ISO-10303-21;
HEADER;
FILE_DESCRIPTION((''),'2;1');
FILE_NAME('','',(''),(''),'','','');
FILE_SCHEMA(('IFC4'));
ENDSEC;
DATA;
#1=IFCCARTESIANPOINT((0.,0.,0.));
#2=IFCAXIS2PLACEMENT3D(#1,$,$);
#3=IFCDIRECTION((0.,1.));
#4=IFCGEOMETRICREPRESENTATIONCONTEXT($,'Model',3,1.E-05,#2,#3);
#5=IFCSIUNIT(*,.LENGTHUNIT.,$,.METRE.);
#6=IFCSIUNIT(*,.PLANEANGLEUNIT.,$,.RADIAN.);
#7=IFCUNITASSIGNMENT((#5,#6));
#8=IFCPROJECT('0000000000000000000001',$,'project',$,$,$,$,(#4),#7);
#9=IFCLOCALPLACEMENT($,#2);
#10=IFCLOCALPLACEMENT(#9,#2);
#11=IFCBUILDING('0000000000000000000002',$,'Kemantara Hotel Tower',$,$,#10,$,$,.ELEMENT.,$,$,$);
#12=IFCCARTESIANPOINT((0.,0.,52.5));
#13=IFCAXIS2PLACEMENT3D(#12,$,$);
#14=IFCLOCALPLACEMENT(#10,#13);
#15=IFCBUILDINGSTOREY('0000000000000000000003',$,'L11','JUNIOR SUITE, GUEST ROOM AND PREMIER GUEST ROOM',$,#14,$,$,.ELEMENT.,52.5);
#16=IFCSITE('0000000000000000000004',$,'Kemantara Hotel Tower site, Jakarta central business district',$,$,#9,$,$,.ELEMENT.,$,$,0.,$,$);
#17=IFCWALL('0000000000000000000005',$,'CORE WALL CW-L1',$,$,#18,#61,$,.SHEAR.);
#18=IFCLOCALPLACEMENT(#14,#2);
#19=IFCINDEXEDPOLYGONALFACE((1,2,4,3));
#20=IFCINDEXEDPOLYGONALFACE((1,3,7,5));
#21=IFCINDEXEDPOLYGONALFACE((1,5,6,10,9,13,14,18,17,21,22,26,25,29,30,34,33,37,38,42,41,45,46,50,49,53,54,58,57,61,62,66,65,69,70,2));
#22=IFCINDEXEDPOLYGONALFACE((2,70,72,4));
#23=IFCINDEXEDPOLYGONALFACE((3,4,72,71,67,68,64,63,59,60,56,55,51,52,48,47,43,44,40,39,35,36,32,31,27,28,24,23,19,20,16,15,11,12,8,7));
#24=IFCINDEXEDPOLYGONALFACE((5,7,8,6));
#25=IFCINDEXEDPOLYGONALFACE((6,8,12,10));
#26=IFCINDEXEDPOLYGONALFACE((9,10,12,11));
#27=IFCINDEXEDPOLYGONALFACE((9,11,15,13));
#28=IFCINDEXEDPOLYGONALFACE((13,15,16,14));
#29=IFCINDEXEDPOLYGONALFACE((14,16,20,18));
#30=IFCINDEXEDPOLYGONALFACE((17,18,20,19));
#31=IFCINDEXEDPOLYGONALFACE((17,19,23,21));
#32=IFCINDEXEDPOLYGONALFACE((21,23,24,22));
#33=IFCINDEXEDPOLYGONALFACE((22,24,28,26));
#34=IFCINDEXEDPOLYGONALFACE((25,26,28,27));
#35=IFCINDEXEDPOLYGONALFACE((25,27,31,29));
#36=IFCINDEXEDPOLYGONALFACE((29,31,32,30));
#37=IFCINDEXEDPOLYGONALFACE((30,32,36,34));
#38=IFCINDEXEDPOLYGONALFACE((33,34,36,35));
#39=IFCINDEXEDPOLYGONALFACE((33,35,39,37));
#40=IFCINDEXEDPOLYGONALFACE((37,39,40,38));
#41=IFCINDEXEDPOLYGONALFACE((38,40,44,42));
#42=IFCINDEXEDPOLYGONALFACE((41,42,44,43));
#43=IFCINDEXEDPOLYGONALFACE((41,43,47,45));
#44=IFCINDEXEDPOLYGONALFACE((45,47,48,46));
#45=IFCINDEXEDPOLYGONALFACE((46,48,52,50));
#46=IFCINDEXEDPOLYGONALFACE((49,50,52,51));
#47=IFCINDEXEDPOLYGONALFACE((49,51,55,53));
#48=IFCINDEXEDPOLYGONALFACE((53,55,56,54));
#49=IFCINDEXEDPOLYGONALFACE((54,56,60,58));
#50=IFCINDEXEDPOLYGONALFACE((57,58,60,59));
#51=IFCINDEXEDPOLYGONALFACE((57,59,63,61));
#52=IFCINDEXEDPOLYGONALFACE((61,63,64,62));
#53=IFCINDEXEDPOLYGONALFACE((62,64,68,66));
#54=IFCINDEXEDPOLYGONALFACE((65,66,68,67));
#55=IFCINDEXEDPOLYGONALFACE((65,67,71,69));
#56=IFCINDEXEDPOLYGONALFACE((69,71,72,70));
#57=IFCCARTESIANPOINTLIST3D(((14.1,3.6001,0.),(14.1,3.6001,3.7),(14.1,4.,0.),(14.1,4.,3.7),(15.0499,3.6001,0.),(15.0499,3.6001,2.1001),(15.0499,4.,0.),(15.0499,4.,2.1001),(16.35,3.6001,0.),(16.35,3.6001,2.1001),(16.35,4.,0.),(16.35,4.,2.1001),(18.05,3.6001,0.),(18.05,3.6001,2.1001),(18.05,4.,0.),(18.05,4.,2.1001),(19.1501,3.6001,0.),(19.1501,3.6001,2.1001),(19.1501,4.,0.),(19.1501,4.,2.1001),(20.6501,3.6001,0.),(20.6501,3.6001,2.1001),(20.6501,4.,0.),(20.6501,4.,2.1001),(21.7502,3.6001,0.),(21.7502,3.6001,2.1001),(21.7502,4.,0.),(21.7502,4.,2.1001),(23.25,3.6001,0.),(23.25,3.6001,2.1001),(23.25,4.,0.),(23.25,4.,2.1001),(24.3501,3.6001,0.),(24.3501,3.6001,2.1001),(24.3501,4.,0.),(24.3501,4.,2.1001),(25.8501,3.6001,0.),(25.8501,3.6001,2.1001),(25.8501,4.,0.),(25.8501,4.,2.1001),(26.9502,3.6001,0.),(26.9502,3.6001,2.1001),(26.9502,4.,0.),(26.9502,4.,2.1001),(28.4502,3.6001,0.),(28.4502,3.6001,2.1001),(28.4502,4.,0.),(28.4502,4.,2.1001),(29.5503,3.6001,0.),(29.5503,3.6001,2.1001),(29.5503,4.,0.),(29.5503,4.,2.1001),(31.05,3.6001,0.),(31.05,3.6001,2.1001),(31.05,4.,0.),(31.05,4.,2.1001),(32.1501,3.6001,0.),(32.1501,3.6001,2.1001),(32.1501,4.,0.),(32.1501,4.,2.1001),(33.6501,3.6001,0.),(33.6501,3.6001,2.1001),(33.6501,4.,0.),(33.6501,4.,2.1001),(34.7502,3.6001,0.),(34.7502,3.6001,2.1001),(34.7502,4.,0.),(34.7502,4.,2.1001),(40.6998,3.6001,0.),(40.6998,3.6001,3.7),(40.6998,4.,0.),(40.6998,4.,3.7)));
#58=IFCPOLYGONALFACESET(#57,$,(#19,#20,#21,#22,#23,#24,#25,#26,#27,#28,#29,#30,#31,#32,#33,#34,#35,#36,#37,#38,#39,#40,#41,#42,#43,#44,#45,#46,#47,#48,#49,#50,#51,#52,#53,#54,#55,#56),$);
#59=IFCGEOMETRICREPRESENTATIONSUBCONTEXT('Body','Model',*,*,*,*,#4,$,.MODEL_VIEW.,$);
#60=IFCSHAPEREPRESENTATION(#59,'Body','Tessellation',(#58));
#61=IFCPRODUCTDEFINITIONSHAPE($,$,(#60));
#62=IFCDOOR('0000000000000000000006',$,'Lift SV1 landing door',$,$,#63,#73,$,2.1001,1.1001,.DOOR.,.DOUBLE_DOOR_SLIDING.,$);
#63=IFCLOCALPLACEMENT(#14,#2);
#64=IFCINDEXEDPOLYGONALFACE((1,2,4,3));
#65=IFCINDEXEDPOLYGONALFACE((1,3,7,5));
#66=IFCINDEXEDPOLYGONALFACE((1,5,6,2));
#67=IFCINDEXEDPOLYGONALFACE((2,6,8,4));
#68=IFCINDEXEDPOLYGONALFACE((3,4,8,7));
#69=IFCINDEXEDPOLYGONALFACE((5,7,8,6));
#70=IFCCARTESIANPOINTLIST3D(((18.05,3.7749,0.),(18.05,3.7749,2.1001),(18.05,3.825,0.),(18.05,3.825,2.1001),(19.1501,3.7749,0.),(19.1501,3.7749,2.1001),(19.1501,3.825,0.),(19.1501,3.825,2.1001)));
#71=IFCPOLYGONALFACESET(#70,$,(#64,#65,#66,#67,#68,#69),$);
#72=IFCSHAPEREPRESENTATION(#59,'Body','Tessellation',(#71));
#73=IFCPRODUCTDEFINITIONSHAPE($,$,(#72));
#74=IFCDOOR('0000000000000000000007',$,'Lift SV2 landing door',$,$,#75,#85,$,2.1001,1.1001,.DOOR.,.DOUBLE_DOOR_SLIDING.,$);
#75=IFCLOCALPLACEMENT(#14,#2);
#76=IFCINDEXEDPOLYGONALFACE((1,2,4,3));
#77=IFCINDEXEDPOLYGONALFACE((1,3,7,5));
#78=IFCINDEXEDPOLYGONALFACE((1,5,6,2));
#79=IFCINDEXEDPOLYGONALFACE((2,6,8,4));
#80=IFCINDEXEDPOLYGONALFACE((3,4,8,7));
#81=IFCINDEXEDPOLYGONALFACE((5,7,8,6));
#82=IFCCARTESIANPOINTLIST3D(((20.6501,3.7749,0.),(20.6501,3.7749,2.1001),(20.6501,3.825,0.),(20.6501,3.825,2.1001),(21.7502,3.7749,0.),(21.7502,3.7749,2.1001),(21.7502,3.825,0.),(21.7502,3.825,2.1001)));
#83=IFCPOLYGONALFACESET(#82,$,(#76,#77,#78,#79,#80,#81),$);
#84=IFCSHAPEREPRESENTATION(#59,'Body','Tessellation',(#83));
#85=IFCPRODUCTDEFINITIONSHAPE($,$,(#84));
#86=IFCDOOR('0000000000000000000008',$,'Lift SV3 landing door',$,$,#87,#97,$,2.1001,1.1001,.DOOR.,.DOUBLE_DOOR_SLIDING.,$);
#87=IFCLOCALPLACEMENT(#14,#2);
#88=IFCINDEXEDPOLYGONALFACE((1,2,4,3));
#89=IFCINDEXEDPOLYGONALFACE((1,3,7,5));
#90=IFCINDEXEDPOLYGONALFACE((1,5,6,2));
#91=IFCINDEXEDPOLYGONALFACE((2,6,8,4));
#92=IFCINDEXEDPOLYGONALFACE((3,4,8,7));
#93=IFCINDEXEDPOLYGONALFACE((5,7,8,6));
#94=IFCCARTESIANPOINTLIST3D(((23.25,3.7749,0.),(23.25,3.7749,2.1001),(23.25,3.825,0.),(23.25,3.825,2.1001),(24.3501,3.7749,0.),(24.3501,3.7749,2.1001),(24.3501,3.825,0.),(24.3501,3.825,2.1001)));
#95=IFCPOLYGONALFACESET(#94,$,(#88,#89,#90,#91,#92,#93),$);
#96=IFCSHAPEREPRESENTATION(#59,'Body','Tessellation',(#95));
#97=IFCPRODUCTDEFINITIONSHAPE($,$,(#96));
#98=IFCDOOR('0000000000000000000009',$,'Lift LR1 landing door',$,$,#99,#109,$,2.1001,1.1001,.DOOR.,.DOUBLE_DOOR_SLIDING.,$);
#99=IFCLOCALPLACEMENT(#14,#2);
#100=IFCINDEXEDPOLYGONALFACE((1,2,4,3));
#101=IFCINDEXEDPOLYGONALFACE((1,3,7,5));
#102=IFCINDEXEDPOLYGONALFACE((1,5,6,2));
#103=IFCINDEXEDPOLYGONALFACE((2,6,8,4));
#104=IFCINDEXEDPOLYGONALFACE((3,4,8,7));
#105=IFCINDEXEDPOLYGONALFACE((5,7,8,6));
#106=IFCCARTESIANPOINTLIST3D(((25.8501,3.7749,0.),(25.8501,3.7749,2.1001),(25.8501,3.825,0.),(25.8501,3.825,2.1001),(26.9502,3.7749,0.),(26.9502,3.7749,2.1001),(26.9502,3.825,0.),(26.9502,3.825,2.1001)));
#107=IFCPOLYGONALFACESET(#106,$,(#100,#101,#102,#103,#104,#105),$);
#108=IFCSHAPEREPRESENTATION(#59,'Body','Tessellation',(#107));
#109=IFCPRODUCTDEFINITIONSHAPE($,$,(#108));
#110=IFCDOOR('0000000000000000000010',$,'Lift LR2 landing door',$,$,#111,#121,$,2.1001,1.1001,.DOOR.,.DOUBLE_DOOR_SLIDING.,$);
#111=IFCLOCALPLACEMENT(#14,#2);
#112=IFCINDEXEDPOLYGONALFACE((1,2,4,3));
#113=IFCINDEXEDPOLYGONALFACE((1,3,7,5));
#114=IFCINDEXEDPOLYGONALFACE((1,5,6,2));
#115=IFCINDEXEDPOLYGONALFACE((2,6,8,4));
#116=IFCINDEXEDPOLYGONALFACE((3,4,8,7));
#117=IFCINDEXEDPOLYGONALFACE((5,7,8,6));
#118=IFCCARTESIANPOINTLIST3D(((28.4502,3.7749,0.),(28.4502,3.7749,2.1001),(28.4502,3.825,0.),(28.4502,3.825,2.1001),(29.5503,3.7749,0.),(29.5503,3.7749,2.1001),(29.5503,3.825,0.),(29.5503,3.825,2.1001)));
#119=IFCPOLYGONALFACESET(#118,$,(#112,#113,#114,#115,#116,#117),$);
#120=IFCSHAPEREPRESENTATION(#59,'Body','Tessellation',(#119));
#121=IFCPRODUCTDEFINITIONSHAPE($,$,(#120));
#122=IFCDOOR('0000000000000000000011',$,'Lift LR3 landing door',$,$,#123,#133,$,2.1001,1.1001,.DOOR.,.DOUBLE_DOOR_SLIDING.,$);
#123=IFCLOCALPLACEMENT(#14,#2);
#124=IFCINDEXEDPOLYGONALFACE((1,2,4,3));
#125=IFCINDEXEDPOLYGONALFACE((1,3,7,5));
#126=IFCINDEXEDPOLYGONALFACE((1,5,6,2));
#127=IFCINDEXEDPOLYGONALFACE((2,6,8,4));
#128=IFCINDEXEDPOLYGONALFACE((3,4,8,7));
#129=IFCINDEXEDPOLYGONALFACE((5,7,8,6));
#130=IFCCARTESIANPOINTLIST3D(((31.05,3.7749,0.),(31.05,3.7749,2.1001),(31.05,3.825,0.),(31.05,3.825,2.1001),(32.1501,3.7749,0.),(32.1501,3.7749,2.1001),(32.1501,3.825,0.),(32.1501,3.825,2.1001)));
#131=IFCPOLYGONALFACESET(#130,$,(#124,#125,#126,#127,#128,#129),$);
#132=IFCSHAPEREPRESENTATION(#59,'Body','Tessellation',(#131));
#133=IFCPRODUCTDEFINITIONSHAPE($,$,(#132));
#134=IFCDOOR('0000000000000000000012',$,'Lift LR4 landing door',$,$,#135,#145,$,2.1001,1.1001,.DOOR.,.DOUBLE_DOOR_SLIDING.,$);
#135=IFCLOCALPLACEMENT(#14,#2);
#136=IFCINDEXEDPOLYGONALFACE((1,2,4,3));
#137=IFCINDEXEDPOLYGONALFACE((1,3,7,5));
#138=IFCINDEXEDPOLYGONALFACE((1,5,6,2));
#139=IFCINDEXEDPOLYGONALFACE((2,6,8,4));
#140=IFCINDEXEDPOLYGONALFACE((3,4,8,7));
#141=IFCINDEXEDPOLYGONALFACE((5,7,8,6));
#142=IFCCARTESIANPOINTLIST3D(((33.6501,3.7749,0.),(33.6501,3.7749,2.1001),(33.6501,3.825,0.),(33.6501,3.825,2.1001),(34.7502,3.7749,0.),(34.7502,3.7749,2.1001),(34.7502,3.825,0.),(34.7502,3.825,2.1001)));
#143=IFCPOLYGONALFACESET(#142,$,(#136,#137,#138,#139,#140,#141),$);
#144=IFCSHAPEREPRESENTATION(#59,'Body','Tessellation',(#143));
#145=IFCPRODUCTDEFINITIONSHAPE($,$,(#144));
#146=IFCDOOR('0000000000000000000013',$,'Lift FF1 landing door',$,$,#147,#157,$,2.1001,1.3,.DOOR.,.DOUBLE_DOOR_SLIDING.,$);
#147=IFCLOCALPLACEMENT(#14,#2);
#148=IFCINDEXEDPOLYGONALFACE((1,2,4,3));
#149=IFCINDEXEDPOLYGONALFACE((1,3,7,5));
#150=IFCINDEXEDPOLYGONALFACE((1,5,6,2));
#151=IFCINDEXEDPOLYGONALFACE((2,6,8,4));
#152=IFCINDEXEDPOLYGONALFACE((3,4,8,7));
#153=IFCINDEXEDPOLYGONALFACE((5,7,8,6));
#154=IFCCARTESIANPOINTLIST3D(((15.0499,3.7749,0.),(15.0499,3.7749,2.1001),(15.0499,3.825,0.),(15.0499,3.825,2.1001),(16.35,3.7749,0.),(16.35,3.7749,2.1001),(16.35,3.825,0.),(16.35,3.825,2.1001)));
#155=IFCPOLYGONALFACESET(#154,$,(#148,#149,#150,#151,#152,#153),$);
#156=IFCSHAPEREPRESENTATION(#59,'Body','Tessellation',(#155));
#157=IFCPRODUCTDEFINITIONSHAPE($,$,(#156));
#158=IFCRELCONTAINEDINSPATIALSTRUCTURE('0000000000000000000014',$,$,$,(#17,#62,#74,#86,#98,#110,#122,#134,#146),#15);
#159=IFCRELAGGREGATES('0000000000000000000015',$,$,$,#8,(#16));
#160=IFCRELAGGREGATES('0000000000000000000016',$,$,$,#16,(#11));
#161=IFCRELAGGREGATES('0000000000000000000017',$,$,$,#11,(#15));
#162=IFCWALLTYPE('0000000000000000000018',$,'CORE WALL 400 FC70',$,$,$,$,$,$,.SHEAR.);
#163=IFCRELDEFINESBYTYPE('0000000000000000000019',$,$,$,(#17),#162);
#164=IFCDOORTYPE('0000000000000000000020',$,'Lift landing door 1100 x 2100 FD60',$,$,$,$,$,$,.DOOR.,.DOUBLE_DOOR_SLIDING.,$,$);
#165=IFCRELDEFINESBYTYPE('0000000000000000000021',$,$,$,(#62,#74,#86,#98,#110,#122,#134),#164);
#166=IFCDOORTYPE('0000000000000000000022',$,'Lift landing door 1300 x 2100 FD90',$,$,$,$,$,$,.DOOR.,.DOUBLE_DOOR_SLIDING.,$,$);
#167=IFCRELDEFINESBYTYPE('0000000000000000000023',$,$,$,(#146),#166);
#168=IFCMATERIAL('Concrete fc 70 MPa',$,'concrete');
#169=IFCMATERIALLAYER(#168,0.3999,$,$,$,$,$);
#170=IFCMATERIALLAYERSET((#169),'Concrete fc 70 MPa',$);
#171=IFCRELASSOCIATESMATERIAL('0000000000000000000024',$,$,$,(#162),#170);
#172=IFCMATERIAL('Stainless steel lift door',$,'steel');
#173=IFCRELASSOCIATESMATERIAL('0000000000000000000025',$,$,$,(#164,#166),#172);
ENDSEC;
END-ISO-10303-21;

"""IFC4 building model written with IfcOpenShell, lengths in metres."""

from ifc_helpers import new_model, si_unit, direction, frame, frame_2d, origin, place, context, subcontext, project, spatial, rectangle, extrude, material, layer, layer_set, type_object, element, fill, save


model = new_model("IFC4")

# Units and contexts
model_context = context("Model", 3, precision=1e-05, world=origin(), true_north=direction((0.0, 1.0)))
body_context = subcontext(model_context, "Body", "Model", "MODEL_VIEW")
ifc_project = project(units=[si_unit("LENGTHUNIT", "METRE"), si_unit("PLANEANGLEUNIT", "RADIAN")], contexts=[model_context])

# Site, building, storey
site_placement = place(None, origin())
site = spatial("IfcSite", under=ifc_project, at=site_placement, Name="Kemantara Hotel Tower site, Jakarta central business district", CompositionType="ELEMENT", RefElevation=0.0)
building_placement = place(site_placement, origin())
building = spatial("IfcBuilding", under=site, at=building_placement, Name="Kemantara Hotel Tower", CompositionType="ELEMENT")
storey_placement = place(building_placement, frame((0.0, 0.0, 52.5)))
storey = spatial("IfcBuildingStorey", under=building, at=storey_placement, Name="L11", Description="JUNIOR SUITE, GUEST ROOM AND PREMIER GUEST ROOM", CompositionType="ELEMENT", Elevation=52.5)

# Shared definitions
ifc_material_1 = material(Name="Concrete fc 70 MPa", Category="concrete")

# Shared definitions
ifc_layer_1 = layer(ifc_material_1, 0.3999)
ifc_layer_set_1 = layer_set([ifc_layer_1], Name="Concrete fc 70 MPa")
wall_type_1 = type_object("IfcWallType", Name="CORE WALL 400 FC70", PredefinedType="SHEAR", material=ifc_layer_set_1)

# Wall, openings, doors
wall_1_placement = place(storey_placement, frame((14.1001, 3.8, 0.0), z_axis=(0.0, 0.0, 1.0), x_axis=(1.0, 0.0, 0.0)))
wall_1 = element("IfcWall", 1, at=wall_1_placement, inside=storey, type_object=wall_type_1, Name="CORE WALL CW-L1", PredefinedType="SHEAR", context=body_context, shape_type="SweptSolid", body=[
    extrude(rectangle(XDim=26.5999, YDim=0.3999, at=frame_2d((13.2998, 0.0))), origin(), (0.0, 0.0, 1.0), 3.7),
])
opening_1_placement = place(wall_1_placement, frame((0.95, 0.0, 0.0)))
opening_1 = element("IfcOpeningElement", 2, at=opening_1_placement, cuts=wall_1, PredefinedType="OPENING", context=body_context, shape_type="SweptSolid", body=[
    extrude(rectangle(XDim=1.3, YDim=2.1001, at=frame_2d((0.6499, 1.05))), frame((0.0, 0.21, 0.0), z_axis=(0.0, -1.0, 0.0), x_axis=(1.0, 0.0, 0.0)), (0.0, 0.0, 1.0), 0.4199),
])
opening_2_placement = place(wall_1_placement, frame((3.95, 0.0, 0.0)))
opening_2 = element("IfcOpeningElement", 3, at=opening_2_placement, cuts=wall_1, PredefinedType="OPENING", context=body_context, shape_type="SweptSolid", body=[
    extrude(rectangle(XDim=1.1001, YDim=2.1001, at=frame_2d((0.55, 1.05))), frame((0.0, 0.21, 0.0), z_axis=(0.0, -1.0, 0.0), x_axis=(1.0, 0.0, 0.0)), (0.0, 0.0, 1.0), 0.4199),
])
opening_3_placement = place(wall_1_placement, frame((6.55, 0.0, 0.0)))
opening_3 = element("IfcOpeningElement", 4, at=opening_3_placement, cuts=wall_1, PredefinedType="OPENING", context=body_context, shape_type="SweptSolid", body=[
    extrude(rectangle(XDim=1.1001, YDim=2.1001, at=frame_2d((0.55, 1.05))), frame((0.0, 0.21, 0.0), z_axis=(0.0, -1.0, 0.0), x_axis=(1.0, 0.0, 0.0)), (0.0, 0.0, 1.0), 0.4199),
])
opening_4_placement = place(wall_1_placement, frame((9.1499, 0.0, 0.0)))
opening_4 = element("IfcOpeningElement", 5, at=opening_4_placement, cuts=wall_1, PredefinedType="OPENING", context=body_context, shape_type="SweptSolid", body=[
    extrude(rectangle(XDim=1.1001, YDim=2.1001, at=frame_2d((0.55, 1.05))), frame((0.0, 0.21, 0.0), z_axis=(0.0, -1.0, 0.0), x_axis=(1.0, 0.0, 0.0)), (0.0, 0.0, 1.0), 0.4199),
])
opening_5_placement = place(wall_1_placement, frame((11.75, 0.0, 0.0)))
opening_5 = element("IfcOpeningElement", 6, at=opening_5_placement, cuts=wall_1, PredefinedType="OPENING", context=body_context, shape_type="SweptSolid", body=[
    extrude(rectangle(XDim=1.1001, YDim=2.1001, at=frame_2d((0.55, 1.05))), frame((0.0, 0.21, 0.0), z_axis=(0.0, -1.0, 0.0), x_axis=(1.0, 0.0, 0.0)), (0.0, 0.0, 1.0), 0.4199),
])
opening_6_placement = place(wall_1_placement, frame((14.3501, 0.0, 0.0)))
opening_6 = element("IfcOpeningElement", 7, at=opening_6_placement, cuts=wall_1, PredefinedType="OPENING", context=body_context, shape_type="SweptSolid", body=[
    extrude(rectangle(XDim=1.1001, YDim=2.1001, at=frame_2d((0.55, 1.05))), frame((0.0, 0.21, 0.0), z_axis=(0.0, -1.0, 0.0), x_axis=(1.0, 0.0, 0.0)), (0.0, 0.0, 1.0), 0.4199),
])
opening_7_placement = place(wall_1_placement, frame((16.95, 0.0, 0.0)))
opening_7 = element("IfcOpeningElement", 8, at=opening_7_placement, cuts=wall_1, PredefinedType="OPENING", context=body_context, shape_type="SweptSolid", body=[
    extrude(rectangle(XDim=1.1001, YDim=2.1001, at=frame_2d((0.55, 1.05))), frame((0.0, 0.21, 0.0), z_axis=(0.0, -1.0, 0.0), x_axis=(1.0, 0.0, 0.0)), (0.0, 0.0, 1.0), 0.4199),
])
opening_8_placement = place(wall_1_placement, frame((19.55, 0.0, 0.0)))
opening_8 = element("IfcOpeningElement", 9, at=opening_8_placement, cuts=wall_1, PredefinedType="OPENING", context=body_context, shape_type="SweptSolid", body=[
    extrude(rectangle(XDim=1.1001, YDim=2.1001, at=frame_2d((0.55, 1.05))), frame((0.0, 0.21, 0.0), z_axis=(0.0, -1.0, 0.0), x_axis=(1.0, 0.0, 0.0)), (0.0, 0.0, 1.0), 0.4199),
])
ifc_material_2 = material(Name="Stainless steel lift door", Category="steel")
door_type_1 = type_object("IfcDoorType", Name="Lift landing door 1100 x 2100 FD60", OperationType="DOUBLE_DOOR_SLIDING", PredefinedType="DOOR", material=ifc_material_2)
door_1_placement = place(opening_2_placement, origin())
door_1 = element("IfcDoor", 10, at=door_1_placement, inside=storey, type_object=door_type_1, Name="Lift SV1 landing door", OperationType="DOUBLE_DOOR_SLIDING", OverallHeight=2.1001, OverallWidth=1.1001, PredefinedType="DOOR", context=body_context, shape_type="SweptSolid", body=[
    extrude(rectangle(XDim=1.1001, YDim=2.1001, at=frame_2d((0.55, 1.05))), frame((0.0, 0.0249, 0.0), z_axis=(0.0, -1.0, 0.0), x_axis=(1.0, 0.0, 0.0)), (0.0, 0.0, 1.0), 0.05),
])
fill(opening_2, door_1)
door_2_placement = place(opening_3_placement, origin())
door_2 = element("IfcDoor", 11, at=door_2_placement, inside=storey, type_object=door_type_1, Name="Lift SV2 landing door", OperationType="DOUBLE_DOOR_SLIDING", OverallHeight=2.1001, OverallWidth=1.1001, PredefinedType="DOOR", context=body_context, shape_type="SweptSolid", body=[
    extrude(rectangle(XDim=1.1001, YDim=2.1001, at=frame_2d((0.55, 1.05))), frame((0.0, 0.0249, 0.0), z_axis=(0.0, -1.0, 0.0), x_axis=(1.0, 0.0, 0.0)), (0.0, 0.0, 1.0), 0.05),
])
fill(opening_3, door_2)
door_3_placement = place(opening_4_placement, origin())
door_3 = element("IfcDoor", 12, at=door_3_placement, inside=storey, type_object=door_type_1, Name="Lift SV3 landing door", OperationType="DOUBLE_DOOR_SLIDING", OverallHeight=2.1001, OverallWidth=1.1001, PredefinedType="DOOR", context=body_context, shape_type="SweptSolid", body=[
    extrude(rectangle(XDim=1.1001, YDim=2.1001, at=frame_2d((0.55, 1.05))), frame((0.0, 0.0249, 0.0), z_axis=(0.0, -1.0, 0.0), x_axis=(1.0, 0.0, 0.0)), (0.0, 0.0, 1.0), 0.05),
])
fill(opening_4, door_3)
door_4_placement = place(opening_5_placement, origin())
door_4 = element("IfcDoor", 13, at=door_4_placement, inside=storey, type_object=door_type_1, Name="Lift LR1 landing door", OperationType="DOUBLE_DOOR_SLIDING", OverallHeight=2.1001, OverallWidth=1.1001, PredefinedType="DOOR", context=body_context, shape_type="SweptSolid", body=[
    extrude(rectangle(XDim=1.1001, YDim=2.1001, at=frame_2d((0.55, 1.05))), frame((0.0, 0.0249, 0.0), z_axis=(0.0, -1.0, 0.0), x_axis=(1.0, 0.0, 0.0)), (0.0, 0.0, 1.0), 0.05),
])
fill(opening_5, door_4)
door_5_placement = place(opening_6_placement, origin())
door_5 = element("IfcDoor", 14, at=door_5_placement, inside=storey, type_object=door_type_1, Name="Lift LR2 landing door", OperationType="DOUBLE_DOOR_SLIDING", OverallHeight=2.1001, OverallWidth=1.1001, PredefinedType="DOOR", context=body_context, shape_type="SweptSolid", body=[
    extrude(rectangle(XDim=1.1001, YDim=2.1001, at=frame_2d((0.55, 1.05))), frame((0.0, 0.0249, 0.0), z_axis=(0.0, -1.0, 0.0), x_axis=(1.0, 0.0, 0.0)), (0.0, 0.0, 1.0), 0.05),
])
fill(opening_6, door_5)
door_6_placement = place(opening_7_placement, origin())
door_6 = element("IfcDoor", 15, at=door_6_placement, inside=storey, type_object=door_type_1, Name="Lift LR3 landing door", OperationType="DOUBLE_DOOR_SLIDING", OverallHeight=2.1001, OverallWidth=1.1001, PredefinedType="DOOR", context=body_context, shape_type="SweptSolid", body=[
    extrude(rectangle(XDim=1.1001, YDim=2.1001, at=frame_2d((0.55, 1.05))), frame((0.0, 0.0249, 0.0), z_axis=(0.0, -1.0, 0.0), x_axis=(1.0, 0.0, 0.0)), (0.0, 0.0, 1.0), 0.05),
])
fill(opening_7, door_6)
door_7_placement = place(opening_8_placement, origin())
door_7 = element("IfcDoor", 16, at=door_7_placement, inside=storey, type_object=door_type_1, Name="Lift LR4 landing door", OperationType="DOUBLE_DOOR_SLIDING", OverallHeight=2.1001, OverallWidth=1.1001, PredefinedType="DOOR", context=body_context, shape_type="SweptSolid", body=[
    extrude(rectangle(XDim=1.1001, YDim=2.1001, at=frame_2d((0.55, 1.05))), frame((0.0, 0.0249, 0.0), z_axis=(0.0, -1.0, 0.0), x_axis=(1.0, 0.0, 0.0)), (0.0, 0.0, 1.0), 0.05),
])
fill(opening_8, door_7)
door_type_2 = type_object("IfcDoorType", Name="Lift landing door 1300 x 2100 FD90", OperationType="DOUBLE_DOOR_SLIDING", PredefinedType="DOOR", material=ifc_material_2)
door_8_placement = place(opening_1_placement, origin())
door_8 = element("IfcDoor", 17, at=door_8_placement, inside=storey, type_object=door_type_2, Name="Lift FF1 landing door", OperationType="DOUBLE_DOOR_SLIDING", OverallHeight=2.1001, OverallWidth=1.3, PredefinedType="DOOR", context=body_context, shape_type="SweptSolid", body=[
    extrude(rectangle(XDim=1.3, YDim=2.1001, at=frame_2d((0.6499, 1.05))), frame((0.0, 0.0249, 0.0), z_axis=(0.0, -1.0, 0.0), x_axis=(1.0, 0.0, 0.0)), (0.0, 0.0, 1.0), 0.05),
])
fill(opening_1, door_8)

save(model, "model.ifc")
